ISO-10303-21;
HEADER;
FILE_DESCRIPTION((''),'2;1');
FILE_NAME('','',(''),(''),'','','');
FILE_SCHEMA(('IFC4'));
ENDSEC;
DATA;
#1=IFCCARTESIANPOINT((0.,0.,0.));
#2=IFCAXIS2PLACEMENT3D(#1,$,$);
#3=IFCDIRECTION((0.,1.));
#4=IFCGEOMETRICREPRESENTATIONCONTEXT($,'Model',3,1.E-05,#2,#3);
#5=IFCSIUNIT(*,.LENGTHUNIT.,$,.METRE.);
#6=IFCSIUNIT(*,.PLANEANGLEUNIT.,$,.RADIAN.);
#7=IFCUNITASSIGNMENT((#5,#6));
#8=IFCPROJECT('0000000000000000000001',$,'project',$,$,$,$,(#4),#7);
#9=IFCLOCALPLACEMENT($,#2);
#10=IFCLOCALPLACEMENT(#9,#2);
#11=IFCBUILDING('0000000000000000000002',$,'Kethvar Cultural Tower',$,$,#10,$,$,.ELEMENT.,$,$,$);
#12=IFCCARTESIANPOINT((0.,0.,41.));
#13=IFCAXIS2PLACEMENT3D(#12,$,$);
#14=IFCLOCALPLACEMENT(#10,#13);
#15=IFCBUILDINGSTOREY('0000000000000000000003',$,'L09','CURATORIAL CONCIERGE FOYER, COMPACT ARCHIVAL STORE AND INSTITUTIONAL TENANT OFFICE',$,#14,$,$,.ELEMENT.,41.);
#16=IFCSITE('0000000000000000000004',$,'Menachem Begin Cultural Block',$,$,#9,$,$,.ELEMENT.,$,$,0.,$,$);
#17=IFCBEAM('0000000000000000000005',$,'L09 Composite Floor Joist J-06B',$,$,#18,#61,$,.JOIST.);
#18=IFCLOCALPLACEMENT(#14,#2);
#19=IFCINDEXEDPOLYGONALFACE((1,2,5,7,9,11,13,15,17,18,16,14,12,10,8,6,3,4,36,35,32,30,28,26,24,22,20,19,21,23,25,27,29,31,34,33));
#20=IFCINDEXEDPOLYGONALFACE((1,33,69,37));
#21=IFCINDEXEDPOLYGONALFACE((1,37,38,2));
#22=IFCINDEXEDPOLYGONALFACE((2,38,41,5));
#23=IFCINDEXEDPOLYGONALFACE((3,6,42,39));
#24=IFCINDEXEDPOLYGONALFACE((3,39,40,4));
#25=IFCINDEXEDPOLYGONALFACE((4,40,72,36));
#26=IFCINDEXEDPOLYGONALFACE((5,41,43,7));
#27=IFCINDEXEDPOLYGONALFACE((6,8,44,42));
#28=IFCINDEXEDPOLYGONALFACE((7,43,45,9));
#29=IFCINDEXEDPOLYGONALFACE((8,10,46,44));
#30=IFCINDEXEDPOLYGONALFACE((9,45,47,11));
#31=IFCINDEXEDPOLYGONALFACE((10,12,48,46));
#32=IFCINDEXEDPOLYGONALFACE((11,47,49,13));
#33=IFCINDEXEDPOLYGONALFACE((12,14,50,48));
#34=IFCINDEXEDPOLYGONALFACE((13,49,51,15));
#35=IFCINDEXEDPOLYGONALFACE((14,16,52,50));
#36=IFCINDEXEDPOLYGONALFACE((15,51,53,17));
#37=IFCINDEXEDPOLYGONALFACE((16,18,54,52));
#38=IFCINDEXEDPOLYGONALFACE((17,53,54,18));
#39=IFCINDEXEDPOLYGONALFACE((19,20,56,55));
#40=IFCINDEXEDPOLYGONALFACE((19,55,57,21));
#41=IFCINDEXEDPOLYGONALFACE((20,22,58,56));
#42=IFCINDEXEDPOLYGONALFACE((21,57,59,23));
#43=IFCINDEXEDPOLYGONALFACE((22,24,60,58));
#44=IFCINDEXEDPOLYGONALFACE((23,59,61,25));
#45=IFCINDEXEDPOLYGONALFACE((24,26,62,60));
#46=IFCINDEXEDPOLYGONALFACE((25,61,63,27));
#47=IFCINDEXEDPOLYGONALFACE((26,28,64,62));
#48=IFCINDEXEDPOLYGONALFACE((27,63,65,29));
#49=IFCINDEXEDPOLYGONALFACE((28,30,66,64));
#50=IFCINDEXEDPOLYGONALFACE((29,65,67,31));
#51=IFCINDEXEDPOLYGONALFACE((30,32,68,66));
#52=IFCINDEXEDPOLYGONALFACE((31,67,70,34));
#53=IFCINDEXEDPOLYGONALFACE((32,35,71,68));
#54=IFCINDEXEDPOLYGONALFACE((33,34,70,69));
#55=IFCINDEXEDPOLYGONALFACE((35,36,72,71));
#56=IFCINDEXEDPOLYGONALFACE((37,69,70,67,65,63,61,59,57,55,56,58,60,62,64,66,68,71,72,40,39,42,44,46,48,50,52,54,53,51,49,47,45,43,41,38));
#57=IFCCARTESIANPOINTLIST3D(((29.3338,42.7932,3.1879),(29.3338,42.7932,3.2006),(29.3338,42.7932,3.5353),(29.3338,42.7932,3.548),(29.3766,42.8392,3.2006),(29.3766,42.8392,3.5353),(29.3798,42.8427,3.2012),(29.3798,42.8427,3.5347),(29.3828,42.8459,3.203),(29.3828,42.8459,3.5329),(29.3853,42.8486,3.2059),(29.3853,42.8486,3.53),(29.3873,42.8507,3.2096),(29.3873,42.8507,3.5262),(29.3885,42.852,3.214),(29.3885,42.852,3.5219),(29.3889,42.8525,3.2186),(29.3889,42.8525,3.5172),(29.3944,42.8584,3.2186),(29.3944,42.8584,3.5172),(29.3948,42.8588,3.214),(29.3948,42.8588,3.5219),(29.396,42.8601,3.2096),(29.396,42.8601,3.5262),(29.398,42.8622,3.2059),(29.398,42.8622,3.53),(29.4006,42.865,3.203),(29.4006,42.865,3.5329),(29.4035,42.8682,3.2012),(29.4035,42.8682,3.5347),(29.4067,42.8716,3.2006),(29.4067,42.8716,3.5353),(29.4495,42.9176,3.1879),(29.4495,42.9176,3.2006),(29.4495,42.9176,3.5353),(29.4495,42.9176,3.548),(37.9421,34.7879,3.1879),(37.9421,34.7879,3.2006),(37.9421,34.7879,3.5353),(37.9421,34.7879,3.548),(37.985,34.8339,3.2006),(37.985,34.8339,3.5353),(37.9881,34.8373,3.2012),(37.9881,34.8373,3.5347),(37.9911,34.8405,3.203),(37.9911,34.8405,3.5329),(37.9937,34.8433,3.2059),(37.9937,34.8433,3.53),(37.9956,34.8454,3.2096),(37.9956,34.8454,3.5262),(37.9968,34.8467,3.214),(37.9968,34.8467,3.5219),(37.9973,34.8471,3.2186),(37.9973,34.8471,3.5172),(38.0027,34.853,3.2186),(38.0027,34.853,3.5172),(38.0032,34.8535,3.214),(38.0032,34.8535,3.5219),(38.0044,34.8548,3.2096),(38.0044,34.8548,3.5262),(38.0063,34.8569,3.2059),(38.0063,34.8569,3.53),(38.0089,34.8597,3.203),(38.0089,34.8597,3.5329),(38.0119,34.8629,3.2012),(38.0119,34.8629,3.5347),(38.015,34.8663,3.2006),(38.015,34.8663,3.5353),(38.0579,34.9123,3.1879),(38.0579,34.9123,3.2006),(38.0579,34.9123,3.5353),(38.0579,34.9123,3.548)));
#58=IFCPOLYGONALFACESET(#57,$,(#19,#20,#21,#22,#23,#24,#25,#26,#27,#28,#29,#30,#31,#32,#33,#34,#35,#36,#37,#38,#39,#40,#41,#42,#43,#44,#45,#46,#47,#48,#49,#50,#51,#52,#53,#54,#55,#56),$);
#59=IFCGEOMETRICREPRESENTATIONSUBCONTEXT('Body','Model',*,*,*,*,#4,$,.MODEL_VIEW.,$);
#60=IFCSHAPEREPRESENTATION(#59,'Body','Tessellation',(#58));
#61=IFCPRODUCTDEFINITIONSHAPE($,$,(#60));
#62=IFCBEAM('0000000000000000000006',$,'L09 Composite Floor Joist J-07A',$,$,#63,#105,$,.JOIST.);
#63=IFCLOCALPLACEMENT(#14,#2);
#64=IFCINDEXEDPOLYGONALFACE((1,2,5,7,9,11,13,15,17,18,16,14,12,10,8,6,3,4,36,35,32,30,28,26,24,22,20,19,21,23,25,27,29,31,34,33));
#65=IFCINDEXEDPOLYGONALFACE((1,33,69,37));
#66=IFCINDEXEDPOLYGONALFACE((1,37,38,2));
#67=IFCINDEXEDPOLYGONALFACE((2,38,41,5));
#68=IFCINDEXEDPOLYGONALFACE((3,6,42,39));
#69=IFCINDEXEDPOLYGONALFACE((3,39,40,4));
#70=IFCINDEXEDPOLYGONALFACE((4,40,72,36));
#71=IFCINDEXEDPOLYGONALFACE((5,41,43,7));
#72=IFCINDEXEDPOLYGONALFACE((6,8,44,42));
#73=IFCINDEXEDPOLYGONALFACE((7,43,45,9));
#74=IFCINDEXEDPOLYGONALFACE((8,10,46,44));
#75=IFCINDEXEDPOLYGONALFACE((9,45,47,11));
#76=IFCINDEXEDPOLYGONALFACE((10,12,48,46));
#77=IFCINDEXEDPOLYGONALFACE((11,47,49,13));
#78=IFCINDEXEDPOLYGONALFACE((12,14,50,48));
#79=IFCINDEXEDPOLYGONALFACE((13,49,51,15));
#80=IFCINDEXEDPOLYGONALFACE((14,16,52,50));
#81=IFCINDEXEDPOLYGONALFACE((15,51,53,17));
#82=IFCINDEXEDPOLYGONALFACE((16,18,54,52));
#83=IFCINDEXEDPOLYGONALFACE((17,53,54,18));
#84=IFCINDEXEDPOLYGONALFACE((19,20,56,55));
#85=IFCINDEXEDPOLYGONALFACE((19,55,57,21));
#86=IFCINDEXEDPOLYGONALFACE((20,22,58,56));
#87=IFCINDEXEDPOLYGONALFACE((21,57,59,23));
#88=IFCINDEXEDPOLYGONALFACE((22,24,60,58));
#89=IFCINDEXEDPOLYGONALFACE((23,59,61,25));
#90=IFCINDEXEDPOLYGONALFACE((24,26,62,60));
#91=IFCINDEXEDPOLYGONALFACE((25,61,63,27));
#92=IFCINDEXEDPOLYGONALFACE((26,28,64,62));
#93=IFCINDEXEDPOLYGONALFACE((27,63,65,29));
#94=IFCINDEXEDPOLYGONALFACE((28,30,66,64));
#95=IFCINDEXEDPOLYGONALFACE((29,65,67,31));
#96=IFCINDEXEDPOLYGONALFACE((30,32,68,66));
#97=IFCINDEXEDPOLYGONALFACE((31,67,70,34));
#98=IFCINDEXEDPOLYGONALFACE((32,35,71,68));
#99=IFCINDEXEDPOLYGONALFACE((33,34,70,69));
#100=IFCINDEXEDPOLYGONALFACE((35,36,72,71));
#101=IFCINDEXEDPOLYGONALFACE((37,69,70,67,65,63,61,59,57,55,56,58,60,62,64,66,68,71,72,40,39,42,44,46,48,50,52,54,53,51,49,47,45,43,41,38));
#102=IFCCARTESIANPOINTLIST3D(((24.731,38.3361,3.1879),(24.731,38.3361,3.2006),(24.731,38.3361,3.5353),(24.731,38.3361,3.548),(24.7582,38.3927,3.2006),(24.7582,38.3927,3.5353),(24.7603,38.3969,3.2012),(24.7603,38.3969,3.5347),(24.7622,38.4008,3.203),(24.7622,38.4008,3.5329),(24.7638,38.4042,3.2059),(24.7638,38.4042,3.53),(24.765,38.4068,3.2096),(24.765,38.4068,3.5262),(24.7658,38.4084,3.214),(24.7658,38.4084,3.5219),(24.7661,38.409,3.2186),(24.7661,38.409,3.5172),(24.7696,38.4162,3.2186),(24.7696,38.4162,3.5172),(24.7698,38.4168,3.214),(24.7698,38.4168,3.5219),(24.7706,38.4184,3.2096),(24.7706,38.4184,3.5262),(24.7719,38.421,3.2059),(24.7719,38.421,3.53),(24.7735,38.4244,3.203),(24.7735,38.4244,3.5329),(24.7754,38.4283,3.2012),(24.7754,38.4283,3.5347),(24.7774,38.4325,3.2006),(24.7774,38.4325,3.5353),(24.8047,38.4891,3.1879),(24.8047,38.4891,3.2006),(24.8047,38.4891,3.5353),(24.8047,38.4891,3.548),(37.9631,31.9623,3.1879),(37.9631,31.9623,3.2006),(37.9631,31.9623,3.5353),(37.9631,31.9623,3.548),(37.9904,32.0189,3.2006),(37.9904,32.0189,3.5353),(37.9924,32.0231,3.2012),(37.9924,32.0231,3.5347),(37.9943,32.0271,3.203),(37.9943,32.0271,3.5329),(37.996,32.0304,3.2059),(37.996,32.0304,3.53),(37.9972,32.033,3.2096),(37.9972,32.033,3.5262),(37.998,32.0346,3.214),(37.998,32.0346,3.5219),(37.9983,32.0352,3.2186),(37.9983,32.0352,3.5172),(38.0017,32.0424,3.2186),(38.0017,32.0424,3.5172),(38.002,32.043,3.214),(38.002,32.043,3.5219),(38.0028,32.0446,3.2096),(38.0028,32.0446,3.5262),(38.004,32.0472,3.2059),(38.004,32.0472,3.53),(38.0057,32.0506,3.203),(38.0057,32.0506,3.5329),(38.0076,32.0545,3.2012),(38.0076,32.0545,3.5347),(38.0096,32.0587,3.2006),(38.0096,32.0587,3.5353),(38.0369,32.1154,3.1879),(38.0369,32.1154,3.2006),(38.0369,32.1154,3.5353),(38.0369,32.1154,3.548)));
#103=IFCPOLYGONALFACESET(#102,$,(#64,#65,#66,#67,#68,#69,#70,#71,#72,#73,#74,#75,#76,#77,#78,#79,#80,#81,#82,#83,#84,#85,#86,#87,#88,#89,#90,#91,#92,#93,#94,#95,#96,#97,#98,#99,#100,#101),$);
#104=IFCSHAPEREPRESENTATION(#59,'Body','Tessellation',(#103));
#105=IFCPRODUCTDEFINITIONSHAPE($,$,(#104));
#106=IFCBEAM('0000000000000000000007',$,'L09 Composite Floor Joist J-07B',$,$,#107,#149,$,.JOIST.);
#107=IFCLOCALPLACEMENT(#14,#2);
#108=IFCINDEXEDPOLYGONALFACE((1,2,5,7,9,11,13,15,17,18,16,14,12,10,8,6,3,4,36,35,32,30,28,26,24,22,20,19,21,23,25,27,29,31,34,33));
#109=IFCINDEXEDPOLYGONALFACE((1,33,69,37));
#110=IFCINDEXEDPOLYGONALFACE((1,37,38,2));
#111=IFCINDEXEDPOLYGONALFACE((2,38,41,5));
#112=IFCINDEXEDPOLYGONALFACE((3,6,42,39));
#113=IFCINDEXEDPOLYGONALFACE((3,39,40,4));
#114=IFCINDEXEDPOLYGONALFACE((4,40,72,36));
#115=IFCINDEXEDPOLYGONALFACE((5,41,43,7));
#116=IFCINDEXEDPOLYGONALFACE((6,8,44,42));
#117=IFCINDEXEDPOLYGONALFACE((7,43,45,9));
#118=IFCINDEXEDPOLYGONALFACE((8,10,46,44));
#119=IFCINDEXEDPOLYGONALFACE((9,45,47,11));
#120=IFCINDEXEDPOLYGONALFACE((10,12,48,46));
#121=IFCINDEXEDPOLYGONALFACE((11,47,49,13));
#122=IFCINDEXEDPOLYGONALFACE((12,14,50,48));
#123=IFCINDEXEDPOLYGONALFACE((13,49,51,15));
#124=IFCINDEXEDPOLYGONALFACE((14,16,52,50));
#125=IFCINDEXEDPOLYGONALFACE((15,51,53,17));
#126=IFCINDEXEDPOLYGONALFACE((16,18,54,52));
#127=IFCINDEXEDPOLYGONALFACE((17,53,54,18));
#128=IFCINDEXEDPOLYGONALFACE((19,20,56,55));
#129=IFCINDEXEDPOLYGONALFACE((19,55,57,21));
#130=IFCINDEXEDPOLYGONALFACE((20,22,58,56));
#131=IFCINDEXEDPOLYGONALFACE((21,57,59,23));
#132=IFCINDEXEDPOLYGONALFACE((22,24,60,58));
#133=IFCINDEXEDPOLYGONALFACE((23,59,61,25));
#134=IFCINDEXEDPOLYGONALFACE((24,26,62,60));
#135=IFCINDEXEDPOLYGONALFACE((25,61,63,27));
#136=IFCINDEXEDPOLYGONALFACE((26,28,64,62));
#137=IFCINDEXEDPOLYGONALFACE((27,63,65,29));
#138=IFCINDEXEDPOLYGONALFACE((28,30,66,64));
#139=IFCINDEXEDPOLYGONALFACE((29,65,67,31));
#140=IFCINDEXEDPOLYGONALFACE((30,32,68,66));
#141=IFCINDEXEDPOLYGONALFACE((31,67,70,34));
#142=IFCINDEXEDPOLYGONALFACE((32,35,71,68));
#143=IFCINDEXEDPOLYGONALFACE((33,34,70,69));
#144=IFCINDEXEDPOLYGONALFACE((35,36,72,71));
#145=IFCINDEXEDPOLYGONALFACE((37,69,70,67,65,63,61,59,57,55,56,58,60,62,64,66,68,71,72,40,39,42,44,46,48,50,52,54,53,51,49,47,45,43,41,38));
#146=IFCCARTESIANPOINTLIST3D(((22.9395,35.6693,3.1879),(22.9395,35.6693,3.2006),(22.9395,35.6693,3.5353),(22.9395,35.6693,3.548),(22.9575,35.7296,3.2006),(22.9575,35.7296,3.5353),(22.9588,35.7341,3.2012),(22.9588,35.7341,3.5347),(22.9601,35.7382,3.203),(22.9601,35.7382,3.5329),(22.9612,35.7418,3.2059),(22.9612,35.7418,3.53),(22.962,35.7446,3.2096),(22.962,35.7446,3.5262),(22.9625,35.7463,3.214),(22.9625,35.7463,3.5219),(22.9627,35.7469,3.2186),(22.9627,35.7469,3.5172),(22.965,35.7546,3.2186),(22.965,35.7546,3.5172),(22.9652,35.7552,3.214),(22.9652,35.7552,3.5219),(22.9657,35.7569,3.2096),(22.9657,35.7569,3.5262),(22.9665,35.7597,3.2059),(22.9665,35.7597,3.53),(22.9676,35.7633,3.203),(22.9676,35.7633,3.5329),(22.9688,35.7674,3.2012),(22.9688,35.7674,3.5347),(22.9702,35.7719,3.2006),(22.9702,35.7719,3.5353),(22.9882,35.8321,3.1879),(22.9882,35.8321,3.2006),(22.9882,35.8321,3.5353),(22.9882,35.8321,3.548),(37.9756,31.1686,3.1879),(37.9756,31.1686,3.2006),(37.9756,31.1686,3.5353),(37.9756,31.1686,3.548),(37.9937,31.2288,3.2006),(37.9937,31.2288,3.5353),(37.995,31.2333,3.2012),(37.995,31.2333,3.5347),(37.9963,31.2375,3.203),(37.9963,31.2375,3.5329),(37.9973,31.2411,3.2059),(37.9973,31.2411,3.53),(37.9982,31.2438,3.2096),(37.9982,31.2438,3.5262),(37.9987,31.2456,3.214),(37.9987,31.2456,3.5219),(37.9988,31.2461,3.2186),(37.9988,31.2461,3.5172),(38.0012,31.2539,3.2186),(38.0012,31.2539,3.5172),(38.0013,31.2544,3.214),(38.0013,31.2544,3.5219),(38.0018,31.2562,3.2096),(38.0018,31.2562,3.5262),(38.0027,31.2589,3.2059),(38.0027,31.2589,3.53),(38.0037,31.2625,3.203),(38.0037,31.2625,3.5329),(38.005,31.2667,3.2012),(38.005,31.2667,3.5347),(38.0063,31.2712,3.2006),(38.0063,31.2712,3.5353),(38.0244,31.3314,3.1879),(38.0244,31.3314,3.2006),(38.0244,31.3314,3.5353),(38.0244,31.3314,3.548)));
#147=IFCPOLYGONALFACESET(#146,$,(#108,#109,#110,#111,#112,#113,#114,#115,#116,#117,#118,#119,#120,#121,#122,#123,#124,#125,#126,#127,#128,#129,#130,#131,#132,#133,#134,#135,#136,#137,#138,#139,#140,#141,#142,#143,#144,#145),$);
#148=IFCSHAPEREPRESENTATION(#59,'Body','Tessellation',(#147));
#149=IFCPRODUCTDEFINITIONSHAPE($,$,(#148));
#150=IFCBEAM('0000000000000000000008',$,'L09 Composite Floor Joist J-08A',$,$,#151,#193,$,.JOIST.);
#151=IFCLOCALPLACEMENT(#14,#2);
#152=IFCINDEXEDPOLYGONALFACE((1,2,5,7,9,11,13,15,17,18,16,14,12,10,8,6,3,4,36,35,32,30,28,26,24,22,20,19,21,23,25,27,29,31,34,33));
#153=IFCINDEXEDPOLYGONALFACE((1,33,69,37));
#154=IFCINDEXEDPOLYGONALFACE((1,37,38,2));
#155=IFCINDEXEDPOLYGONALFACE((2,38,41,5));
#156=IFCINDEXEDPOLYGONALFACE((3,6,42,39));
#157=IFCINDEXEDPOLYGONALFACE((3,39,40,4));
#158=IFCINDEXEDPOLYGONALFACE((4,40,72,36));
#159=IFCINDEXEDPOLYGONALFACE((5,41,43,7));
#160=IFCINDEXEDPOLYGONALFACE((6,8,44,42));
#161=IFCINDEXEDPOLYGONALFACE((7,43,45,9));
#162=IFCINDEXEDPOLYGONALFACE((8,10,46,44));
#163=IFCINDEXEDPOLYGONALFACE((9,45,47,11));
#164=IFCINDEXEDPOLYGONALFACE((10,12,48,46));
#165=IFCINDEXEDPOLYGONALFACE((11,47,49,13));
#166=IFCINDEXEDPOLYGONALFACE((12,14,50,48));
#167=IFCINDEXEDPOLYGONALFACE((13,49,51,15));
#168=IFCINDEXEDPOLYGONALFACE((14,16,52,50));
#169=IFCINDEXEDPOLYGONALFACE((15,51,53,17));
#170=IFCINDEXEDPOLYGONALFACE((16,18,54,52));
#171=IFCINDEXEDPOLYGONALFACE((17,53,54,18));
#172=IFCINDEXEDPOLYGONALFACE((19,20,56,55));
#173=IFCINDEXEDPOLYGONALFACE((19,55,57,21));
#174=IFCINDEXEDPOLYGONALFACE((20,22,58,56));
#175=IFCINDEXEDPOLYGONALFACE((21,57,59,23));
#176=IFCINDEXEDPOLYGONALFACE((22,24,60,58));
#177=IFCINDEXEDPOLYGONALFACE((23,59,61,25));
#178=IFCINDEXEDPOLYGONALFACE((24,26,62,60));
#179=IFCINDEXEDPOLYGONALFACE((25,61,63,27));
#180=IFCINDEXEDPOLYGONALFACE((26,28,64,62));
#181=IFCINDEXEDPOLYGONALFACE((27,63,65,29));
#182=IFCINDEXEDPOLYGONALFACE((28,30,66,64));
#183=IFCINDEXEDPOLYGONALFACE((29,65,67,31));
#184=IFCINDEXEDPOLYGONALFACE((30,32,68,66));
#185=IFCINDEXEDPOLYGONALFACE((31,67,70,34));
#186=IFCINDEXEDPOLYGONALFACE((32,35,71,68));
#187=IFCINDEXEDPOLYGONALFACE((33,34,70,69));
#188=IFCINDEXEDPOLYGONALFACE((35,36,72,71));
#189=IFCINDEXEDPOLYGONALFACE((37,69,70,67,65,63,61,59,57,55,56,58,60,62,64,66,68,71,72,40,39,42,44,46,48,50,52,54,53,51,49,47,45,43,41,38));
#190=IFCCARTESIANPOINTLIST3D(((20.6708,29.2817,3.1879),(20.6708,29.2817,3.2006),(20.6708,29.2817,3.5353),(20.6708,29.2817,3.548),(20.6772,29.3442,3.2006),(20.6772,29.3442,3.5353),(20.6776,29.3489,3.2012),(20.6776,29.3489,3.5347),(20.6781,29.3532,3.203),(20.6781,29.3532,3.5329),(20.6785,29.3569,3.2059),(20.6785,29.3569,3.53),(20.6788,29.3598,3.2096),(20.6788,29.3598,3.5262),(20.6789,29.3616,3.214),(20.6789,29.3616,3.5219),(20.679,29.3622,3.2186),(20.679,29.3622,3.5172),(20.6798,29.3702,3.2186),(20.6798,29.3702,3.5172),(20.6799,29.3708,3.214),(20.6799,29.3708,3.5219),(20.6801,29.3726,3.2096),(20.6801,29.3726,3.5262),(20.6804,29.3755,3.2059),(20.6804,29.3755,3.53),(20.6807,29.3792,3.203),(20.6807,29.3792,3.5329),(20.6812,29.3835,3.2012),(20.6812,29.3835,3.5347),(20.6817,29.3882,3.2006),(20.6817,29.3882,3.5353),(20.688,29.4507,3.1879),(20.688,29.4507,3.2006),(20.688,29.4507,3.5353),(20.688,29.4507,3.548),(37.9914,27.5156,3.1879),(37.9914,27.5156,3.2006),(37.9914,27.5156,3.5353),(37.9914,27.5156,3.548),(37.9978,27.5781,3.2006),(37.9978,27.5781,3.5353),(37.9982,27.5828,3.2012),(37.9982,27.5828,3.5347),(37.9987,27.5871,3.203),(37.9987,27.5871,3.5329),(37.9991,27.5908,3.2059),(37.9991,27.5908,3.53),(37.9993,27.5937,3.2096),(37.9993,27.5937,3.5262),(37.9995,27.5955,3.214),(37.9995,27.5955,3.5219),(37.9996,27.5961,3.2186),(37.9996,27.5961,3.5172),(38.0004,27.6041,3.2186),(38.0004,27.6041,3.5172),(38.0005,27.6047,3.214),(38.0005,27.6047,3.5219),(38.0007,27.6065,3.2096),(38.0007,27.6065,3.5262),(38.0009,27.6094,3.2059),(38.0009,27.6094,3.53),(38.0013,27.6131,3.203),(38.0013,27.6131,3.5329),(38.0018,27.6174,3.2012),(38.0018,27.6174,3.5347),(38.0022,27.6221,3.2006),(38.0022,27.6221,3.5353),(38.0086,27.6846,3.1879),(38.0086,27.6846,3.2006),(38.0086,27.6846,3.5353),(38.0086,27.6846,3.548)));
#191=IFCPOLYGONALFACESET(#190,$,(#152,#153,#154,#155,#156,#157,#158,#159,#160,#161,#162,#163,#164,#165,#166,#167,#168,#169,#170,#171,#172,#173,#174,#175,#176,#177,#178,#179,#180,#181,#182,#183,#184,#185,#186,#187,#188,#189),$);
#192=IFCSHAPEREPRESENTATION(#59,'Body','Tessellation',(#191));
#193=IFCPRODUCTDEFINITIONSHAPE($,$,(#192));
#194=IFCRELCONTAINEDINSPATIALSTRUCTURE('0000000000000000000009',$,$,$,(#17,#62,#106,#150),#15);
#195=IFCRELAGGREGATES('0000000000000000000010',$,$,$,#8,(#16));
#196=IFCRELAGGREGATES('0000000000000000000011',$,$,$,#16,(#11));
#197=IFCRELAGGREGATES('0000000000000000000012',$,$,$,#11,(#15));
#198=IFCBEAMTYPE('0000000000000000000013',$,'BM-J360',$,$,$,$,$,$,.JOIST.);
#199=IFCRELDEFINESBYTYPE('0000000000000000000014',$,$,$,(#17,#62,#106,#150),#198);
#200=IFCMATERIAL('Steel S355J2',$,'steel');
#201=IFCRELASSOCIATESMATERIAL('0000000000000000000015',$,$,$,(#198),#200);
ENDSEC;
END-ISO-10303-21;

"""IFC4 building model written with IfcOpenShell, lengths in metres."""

from ifc_helpers import new_model, si_unit, direction, frame, origin, origin_2d, place, context, subcontext, project, spatial, i_section, extrude, source, transform, mapped, material, material_profile, profile_set, type_object, element, save


model = new_model("IFC4")

# Units and contexts
model_context = context("Model", 3, precision=1e-05, world=origin(), true_north=direction((0.0, 1.0)))
body_context = subcontext(model_context, "Body", "Model", "MODEL_VIEW")
ifc_project = project(units=[si_unit("LENGTHUNIT", "METRE"), si_unit("PLANEANGLEUNIT", "RADIAN")], contexts=[model_context])

# Site, building, storey
site_placement = place(None, origin())
site = spatial("IfcSite", under=ifc_project, at=site_placement, Name="Menachem Begin Cultural Block", CompositionType="ELEMENT", RefElevation=0.0)
building_placement = place(site_placement, origin())
building = spatial("IfcBuilding", under=site, at=building_placement, Name="Kethvar Cultural Tower", CompositionType="ELEMENT")
storey_placement = place(building_placement, frame((0.0, 0.0, 41.0)))
storey = spatial("IfcBuildingStorey", under=building, at=storey_placement, Name="L09", Description="CURATORIAL CONCIERGE FOYER, COMPACT ARCHIVAL STORE AND INSTITUTIONAL TENANT OFFICE", CompositionType="ELEMENT", Elevation=41.0)

# Beams
ifc_material_1 = material(Name="Steel S355J2", Category="steel")
ifc_material_profile_1 = material_profile(ifc_material_1, i_section(OverallWidth=0.1699, OverallDepth=0.3601, WebThickness=0.0081, FlangeThickness=0.0127, FilletRadius=0.0181, at=origin_2d()), Name="Steel S355J2 — IPE360")
ifc_profile_set_1 = profile_set([ifc_material_profile_1], Name="Steel S355J2 — IPE360")
beam_type_1 = type_object("IfcBeamType", Name="BM-J360", PredefinedType="JOIST", material=ifc_profile_set_1)
shared_shape_1 = source(origin(), body_context, "Body", "SweptSolid", [
    extrude(i_section(OverallWidth=0.1699, OverallDepth=0.3601, WebThickness=0.0081, FlangeThickness=0.0127, FilletRadius=0.0181, at=origin_2d()), origin(), (0.0, 0.0, 1.0), 11.7554),
])
beam_1_placement = place(storey_placement, frame((38.0, 34.8501, 3.3679), z_axis=(-0.73229, 0.680993, 0.0), x_axis=(-0.680993, -0.73229, 0.0)))
element("IfcBeam", 1, at=beam_1_placement, inside=storey, type_object=beam_type_1, Name="L09 Composite Floor Joist J-06B", PredefinedType="JOIST", context=body_context, shape_type="MappedRepresentation", body=[
    mapped(shared_shape_1, transform((0.0, 0.0, 0.0), scale=1.0)),
])
shared_shape_2 = source(origin(), body_context, "Body", "SweptSolid", [
    extrude(i_section(OverallWidth=0.1699, OverallDepth=0.3601, WebThickness=0.0081, FlangeThickness=0.0127, FilletRadius=0.0181, at=origin_2d()), origin(), (0.0, 0.0, 1.0), 14.6873),
])
beam_2_placement = place(storey_placement, frame((38.0, 32.0388, 3.3679), z_axis=(-0.900929, 0.433967, 0.0), x_axis=(-0.433967, -0.900929, 0.0)))
element("IfcBeam", 2, at=beam_2_placement, inside=storey, type_object=beam_type_1, Name="L09 Composite Floor Joist J-07A", PredefinedType="JOIST", context=body_context, shape_type="MappedRepresentation", body=[
    mapped(shared_shape_2, transform((0.0, 0.0, 0.0), scale=1.0)),
])
shared_shape_3 = source(origin(), body_context, "Body", "SweptSolid", [
    extrude(i_section(OverallWidth=0.1699, OverallDepth=0.3601, WebThickness=0.0081, FlangeThickness=0.0127, FilletRadius=0.0181, at=origin_2d()), origin(), (0.0, 0.0, 1.0), 15.6953),
])
beam_3_placement = place(storey_placement, frame((38.0, 31.25, 3.3679), z_axis=(-0.958003, 0.286757, 0.0), x_axis=(-0.286757, -0.958003, 0.0)))
element("IfcBeam", 3, at=beam_3_placement, inside=storey, type_object=beam_type_1, Name="L09 Composite Floor Joist J-07B", PredefinedType="JOIST", context=body_context, shape_type="MappedRepresentation", body=[
    mapped(shared_shape_3, transform((0.0, 0.0, 0.0), scale=1.0)),
])
shared_shape_4 = source(origin(), body_context, "Body", "SweptSolid", [
    extrude(i_section(OverallWidth=0.1699, OverallDepth=0.3601, WebThickness=0.0081, FlangeThickness=0.0127, FilletRadius=0.0181, at=origin_2d()), origin(), (0.0, 0.0, 1.0), 17.4104),
])
beam_4_placement = place(storey_placement, frame((38.0, 27.6001, 3.3679), z_axis=(-0.994842, 0.10144, 0.0), x_axis=(-0.10144, -0.994842, 0.0)))
element("IfcBeam", 4, at=beam_4_placement, inside=storey, type_object=beam_type_1, Name="L09 Composite Floor Joist J-08A", PredefinedType="JOIST", context=body_context, shape_type="MappedRepresentation", body=[
    mapped(shared_shape_4, transform((0.0, 0.0, 0.0), scale=1.0)),
])

save(model, "model.ifc")
